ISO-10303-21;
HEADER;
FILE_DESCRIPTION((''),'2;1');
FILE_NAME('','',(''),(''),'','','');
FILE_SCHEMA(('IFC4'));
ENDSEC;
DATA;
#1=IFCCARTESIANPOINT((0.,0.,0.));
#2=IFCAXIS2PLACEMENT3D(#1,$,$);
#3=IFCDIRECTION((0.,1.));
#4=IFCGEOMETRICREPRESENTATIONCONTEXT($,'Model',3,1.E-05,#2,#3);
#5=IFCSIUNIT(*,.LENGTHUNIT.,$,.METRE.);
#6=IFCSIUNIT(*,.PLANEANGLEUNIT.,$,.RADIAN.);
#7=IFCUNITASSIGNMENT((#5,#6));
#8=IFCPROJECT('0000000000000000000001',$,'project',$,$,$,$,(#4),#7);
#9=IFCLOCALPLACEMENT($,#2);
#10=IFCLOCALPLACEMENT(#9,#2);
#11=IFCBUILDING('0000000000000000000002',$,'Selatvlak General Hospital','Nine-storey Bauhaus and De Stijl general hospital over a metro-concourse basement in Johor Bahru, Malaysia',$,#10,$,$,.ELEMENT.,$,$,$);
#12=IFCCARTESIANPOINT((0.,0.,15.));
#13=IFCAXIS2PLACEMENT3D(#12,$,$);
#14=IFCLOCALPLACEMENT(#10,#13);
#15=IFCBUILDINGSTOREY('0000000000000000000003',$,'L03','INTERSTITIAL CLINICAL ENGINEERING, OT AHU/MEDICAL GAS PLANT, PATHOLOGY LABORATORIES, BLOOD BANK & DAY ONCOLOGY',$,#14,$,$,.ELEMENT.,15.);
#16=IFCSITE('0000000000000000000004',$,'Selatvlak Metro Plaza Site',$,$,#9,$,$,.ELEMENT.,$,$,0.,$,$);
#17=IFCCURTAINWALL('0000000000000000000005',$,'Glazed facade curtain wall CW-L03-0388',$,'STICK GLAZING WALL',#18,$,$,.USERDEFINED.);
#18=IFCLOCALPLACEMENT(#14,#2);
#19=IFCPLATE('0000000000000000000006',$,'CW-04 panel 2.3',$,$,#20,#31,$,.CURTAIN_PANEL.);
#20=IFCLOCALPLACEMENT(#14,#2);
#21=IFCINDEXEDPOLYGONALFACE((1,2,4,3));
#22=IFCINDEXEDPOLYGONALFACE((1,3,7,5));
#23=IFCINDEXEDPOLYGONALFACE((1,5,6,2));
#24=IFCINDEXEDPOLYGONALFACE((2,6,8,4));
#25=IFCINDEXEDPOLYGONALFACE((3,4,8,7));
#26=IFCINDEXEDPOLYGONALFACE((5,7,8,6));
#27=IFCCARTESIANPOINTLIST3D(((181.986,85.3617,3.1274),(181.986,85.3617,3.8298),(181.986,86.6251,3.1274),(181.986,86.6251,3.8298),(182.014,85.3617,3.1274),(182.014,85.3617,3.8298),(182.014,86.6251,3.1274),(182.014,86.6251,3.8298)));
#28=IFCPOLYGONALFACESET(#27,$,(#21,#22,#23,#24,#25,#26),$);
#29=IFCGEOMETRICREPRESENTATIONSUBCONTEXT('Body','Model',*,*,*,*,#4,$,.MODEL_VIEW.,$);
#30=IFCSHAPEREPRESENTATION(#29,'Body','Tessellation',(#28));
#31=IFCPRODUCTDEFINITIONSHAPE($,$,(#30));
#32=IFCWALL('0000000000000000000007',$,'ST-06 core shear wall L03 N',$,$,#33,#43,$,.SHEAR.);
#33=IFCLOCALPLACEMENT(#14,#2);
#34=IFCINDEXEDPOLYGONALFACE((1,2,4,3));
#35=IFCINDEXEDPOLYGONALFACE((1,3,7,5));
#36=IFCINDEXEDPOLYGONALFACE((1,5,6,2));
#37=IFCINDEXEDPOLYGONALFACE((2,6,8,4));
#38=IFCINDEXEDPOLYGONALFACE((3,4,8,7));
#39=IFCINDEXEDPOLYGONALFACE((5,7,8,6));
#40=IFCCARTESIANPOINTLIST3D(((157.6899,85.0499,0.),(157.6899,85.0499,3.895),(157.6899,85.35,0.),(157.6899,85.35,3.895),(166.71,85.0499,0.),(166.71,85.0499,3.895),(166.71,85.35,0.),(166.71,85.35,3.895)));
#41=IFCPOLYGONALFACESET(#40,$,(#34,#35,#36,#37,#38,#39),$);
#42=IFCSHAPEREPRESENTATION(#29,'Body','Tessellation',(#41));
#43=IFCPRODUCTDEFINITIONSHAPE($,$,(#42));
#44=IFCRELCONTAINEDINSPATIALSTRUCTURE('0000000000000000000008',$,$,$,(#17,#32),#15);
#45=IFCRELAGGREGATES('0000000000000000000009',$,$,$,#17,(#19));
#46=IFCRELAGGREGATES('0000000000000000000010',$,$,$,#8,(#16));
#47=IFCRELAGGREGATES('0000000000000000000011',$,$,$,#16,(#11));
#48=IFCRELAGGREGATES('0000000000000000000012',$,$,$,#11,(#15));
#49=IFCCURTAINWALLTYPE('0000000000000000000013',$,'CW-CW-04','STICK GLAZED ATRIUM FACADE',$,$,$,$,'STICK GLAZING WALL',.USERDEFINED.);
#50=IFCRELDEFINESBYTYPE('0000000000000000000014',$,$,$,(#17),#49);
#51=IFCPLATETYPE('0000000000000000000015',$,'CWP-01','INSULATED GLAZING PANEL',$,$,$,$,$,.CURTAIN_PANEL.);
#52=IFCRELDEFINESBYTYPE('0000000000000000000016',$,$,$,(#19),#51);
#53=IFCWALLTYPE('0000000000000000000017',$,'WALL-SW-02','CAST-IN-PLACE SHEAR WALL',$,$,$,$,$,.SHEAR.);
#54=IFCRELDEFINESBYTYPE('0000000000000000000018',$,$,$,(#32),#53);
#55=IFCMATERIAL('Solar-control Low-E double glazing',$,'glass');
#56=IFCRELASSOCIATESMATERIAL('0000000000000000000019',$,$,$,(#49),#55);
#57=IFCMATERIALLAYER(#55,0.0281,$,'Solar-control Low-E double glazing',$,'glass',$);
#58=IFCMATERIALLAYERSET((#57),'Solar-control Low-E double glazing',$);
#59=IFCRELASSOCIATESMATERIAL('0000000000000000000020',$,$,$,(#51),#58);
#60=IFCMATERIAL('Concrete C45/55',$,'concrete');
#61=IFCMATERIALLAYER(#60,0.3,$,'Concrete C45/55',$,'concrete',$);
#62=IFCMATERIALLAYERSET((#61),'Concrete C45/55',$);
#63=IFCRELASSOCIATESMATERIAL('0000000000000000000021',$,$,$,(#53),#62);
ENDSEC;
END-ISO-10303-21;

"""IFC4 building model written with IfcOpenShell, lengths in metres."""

from ifc_helpers import new_model, si_unit, direction, frame, frame_2d, origin, origin_2d, place, context, subcontext, project, spatial, rectangle, extrude, material, layer, layer_set, type_object, element, aggregate, save


model = new_model("IFC4")

# Units and contexts
model_context = context("Model", 3, precision=1e-05, world=origin(), true_north=direction((0.0, 1.0)))
body_context = subcontext(model_context, "Body", "Model", "MODEL_VIEW")
ifc_project = project(units=[si_unit("LENGTHUNIT", "METRE"), si_unit("PLANEANGLEUNIT", "RADIAN")], contexts=[model_context])

# Site, building, storey
site_placement = place(None, origin())
site = spatial("IfcSite", under=ifc_project, at=site_placement, Name="Selatvlak Metro Plaza Site", CompositionType="ELEMENT", RefElevation=0.0)
building_placement = place(site_placement, origin())
building = spatial("IfcBuilding", under=site, at=building_placement, Name="Selatvlak General Hospital", Description="Nine-storey Bauhaus and De Stijl general hospital over a metro-concourse basement in Johor Bahru, Malaysia", CompositionType="ELEMENT")
storey_placement = place(building_placement, frame((0.0, 0.0, 15.0)))
storey = spatial("IfcBuildingStorey", under=building, at=storey_placement, Name="L03", Description="INTERSTITIAL CLINICAL ENGINEERING, OT AHU/MEDICAL GAS PLANT, PATHOLOGY LABORATORIES, BLOOD BANK & DAY ONCOLOGY", CompositionType="ELEMENT", Elevation=15.0)

# Curtain wall, plate
ifc_material_1 = material(Name="Solar-control Low-E double glazing", Category="glass")
curtain_wall_type = type_object("IfcCurtainWallType", Name="CW-CW-04", Description="STICK GLAZED ATRIUM FACADE", ElementType="STICK GLAZING WALL", PredefinedType="USERDEFINED", material=ifc_material_1)
curtain_wall_placement = place(storey_placement, origin())
curtain_wall = element("IfcCurtainWall", 1, at=curtain_wall_placement, inside=storey, type_object=curtain_wall_type, Name="Glazed facade curtain wall CW-L03-0388", ObjectType="STICK GLAZING WALL", PredefinedType="USERDEFINED")
ifc_layer_1 = layer(ifc_material_1, 0.0281, Name="Solar-control Low-E double glazing", Category="glass")
ifc_layer_set_1 = layer_set([ifc_layer_1], Name="Solar-control Low-E double glazing")
plate_type = type_object("IfcPlateType", Name="CWP-01", Description="INSULATED GLAZING PANEL", PredefinedType="CURTAIN_PANEL", material=ifc_layer_set_1)
plate_1_placement = place(storey_placement, frame((182.0, 85.9934, 3.1274), z_axis=(0.0, 0.0, 1.0), x_axis=(0.0, -1.0, 0.0)))
plate_1 = element("IfcPlate", 2, at=plate_1_placement, type_object=plate_type, Name="CW-04 panel 2.3", PredefinedType="CURTAIN_PANEL", context=body_context, shape_type="SweptSolid", body=[
    extrude(rectangle(XDim=1.2634, YDim=0.0281, at=origin_2d()), origin(), (0.0, 0.0, 1.0), 0.7024),
])
aggregate(curtain_wall, [plate_1])

# Wall
ifc_material_2 = material(Name="Concrete C45/55", Category="concrete")
ifc_layer_2 = layer(ifc_material_2, 0.3, Name="Concrete C45/55", Category="concrete")
ifc_layer_set_2 = layer_set([ifc_layer_2], Name="Concrete C45/55")
wall_type = type_object("IfcWallType", Name="WALL-SW-02", Description="CAST-IN-PLACE SHEAR WALL", PredefinedType="SHEAR", material=ifc_layer_set_2)
wall_placement = place(storey_placement, frame((166.71, 85.2, 0.0), z_axis=(0.0, 0.0, 1.0), x_axis=(-1.0, 0.0, 0.0)))
element("IfcWall", 3, at=wall_placement, inside=storey, type_object=wall_type, Name="ST-06 core shear wall L03 N", PredefinedType="SHEAR", context=body_context, shape_type="SweptSolid", body=[
    extrude(rectangle(XDim=9.02, YDim=0.3, at=frame_2d((4.51, 0.0))), origin(), (0.0, 0.0, 1.0), 3.895),
])

save(model, "model.ifc")
